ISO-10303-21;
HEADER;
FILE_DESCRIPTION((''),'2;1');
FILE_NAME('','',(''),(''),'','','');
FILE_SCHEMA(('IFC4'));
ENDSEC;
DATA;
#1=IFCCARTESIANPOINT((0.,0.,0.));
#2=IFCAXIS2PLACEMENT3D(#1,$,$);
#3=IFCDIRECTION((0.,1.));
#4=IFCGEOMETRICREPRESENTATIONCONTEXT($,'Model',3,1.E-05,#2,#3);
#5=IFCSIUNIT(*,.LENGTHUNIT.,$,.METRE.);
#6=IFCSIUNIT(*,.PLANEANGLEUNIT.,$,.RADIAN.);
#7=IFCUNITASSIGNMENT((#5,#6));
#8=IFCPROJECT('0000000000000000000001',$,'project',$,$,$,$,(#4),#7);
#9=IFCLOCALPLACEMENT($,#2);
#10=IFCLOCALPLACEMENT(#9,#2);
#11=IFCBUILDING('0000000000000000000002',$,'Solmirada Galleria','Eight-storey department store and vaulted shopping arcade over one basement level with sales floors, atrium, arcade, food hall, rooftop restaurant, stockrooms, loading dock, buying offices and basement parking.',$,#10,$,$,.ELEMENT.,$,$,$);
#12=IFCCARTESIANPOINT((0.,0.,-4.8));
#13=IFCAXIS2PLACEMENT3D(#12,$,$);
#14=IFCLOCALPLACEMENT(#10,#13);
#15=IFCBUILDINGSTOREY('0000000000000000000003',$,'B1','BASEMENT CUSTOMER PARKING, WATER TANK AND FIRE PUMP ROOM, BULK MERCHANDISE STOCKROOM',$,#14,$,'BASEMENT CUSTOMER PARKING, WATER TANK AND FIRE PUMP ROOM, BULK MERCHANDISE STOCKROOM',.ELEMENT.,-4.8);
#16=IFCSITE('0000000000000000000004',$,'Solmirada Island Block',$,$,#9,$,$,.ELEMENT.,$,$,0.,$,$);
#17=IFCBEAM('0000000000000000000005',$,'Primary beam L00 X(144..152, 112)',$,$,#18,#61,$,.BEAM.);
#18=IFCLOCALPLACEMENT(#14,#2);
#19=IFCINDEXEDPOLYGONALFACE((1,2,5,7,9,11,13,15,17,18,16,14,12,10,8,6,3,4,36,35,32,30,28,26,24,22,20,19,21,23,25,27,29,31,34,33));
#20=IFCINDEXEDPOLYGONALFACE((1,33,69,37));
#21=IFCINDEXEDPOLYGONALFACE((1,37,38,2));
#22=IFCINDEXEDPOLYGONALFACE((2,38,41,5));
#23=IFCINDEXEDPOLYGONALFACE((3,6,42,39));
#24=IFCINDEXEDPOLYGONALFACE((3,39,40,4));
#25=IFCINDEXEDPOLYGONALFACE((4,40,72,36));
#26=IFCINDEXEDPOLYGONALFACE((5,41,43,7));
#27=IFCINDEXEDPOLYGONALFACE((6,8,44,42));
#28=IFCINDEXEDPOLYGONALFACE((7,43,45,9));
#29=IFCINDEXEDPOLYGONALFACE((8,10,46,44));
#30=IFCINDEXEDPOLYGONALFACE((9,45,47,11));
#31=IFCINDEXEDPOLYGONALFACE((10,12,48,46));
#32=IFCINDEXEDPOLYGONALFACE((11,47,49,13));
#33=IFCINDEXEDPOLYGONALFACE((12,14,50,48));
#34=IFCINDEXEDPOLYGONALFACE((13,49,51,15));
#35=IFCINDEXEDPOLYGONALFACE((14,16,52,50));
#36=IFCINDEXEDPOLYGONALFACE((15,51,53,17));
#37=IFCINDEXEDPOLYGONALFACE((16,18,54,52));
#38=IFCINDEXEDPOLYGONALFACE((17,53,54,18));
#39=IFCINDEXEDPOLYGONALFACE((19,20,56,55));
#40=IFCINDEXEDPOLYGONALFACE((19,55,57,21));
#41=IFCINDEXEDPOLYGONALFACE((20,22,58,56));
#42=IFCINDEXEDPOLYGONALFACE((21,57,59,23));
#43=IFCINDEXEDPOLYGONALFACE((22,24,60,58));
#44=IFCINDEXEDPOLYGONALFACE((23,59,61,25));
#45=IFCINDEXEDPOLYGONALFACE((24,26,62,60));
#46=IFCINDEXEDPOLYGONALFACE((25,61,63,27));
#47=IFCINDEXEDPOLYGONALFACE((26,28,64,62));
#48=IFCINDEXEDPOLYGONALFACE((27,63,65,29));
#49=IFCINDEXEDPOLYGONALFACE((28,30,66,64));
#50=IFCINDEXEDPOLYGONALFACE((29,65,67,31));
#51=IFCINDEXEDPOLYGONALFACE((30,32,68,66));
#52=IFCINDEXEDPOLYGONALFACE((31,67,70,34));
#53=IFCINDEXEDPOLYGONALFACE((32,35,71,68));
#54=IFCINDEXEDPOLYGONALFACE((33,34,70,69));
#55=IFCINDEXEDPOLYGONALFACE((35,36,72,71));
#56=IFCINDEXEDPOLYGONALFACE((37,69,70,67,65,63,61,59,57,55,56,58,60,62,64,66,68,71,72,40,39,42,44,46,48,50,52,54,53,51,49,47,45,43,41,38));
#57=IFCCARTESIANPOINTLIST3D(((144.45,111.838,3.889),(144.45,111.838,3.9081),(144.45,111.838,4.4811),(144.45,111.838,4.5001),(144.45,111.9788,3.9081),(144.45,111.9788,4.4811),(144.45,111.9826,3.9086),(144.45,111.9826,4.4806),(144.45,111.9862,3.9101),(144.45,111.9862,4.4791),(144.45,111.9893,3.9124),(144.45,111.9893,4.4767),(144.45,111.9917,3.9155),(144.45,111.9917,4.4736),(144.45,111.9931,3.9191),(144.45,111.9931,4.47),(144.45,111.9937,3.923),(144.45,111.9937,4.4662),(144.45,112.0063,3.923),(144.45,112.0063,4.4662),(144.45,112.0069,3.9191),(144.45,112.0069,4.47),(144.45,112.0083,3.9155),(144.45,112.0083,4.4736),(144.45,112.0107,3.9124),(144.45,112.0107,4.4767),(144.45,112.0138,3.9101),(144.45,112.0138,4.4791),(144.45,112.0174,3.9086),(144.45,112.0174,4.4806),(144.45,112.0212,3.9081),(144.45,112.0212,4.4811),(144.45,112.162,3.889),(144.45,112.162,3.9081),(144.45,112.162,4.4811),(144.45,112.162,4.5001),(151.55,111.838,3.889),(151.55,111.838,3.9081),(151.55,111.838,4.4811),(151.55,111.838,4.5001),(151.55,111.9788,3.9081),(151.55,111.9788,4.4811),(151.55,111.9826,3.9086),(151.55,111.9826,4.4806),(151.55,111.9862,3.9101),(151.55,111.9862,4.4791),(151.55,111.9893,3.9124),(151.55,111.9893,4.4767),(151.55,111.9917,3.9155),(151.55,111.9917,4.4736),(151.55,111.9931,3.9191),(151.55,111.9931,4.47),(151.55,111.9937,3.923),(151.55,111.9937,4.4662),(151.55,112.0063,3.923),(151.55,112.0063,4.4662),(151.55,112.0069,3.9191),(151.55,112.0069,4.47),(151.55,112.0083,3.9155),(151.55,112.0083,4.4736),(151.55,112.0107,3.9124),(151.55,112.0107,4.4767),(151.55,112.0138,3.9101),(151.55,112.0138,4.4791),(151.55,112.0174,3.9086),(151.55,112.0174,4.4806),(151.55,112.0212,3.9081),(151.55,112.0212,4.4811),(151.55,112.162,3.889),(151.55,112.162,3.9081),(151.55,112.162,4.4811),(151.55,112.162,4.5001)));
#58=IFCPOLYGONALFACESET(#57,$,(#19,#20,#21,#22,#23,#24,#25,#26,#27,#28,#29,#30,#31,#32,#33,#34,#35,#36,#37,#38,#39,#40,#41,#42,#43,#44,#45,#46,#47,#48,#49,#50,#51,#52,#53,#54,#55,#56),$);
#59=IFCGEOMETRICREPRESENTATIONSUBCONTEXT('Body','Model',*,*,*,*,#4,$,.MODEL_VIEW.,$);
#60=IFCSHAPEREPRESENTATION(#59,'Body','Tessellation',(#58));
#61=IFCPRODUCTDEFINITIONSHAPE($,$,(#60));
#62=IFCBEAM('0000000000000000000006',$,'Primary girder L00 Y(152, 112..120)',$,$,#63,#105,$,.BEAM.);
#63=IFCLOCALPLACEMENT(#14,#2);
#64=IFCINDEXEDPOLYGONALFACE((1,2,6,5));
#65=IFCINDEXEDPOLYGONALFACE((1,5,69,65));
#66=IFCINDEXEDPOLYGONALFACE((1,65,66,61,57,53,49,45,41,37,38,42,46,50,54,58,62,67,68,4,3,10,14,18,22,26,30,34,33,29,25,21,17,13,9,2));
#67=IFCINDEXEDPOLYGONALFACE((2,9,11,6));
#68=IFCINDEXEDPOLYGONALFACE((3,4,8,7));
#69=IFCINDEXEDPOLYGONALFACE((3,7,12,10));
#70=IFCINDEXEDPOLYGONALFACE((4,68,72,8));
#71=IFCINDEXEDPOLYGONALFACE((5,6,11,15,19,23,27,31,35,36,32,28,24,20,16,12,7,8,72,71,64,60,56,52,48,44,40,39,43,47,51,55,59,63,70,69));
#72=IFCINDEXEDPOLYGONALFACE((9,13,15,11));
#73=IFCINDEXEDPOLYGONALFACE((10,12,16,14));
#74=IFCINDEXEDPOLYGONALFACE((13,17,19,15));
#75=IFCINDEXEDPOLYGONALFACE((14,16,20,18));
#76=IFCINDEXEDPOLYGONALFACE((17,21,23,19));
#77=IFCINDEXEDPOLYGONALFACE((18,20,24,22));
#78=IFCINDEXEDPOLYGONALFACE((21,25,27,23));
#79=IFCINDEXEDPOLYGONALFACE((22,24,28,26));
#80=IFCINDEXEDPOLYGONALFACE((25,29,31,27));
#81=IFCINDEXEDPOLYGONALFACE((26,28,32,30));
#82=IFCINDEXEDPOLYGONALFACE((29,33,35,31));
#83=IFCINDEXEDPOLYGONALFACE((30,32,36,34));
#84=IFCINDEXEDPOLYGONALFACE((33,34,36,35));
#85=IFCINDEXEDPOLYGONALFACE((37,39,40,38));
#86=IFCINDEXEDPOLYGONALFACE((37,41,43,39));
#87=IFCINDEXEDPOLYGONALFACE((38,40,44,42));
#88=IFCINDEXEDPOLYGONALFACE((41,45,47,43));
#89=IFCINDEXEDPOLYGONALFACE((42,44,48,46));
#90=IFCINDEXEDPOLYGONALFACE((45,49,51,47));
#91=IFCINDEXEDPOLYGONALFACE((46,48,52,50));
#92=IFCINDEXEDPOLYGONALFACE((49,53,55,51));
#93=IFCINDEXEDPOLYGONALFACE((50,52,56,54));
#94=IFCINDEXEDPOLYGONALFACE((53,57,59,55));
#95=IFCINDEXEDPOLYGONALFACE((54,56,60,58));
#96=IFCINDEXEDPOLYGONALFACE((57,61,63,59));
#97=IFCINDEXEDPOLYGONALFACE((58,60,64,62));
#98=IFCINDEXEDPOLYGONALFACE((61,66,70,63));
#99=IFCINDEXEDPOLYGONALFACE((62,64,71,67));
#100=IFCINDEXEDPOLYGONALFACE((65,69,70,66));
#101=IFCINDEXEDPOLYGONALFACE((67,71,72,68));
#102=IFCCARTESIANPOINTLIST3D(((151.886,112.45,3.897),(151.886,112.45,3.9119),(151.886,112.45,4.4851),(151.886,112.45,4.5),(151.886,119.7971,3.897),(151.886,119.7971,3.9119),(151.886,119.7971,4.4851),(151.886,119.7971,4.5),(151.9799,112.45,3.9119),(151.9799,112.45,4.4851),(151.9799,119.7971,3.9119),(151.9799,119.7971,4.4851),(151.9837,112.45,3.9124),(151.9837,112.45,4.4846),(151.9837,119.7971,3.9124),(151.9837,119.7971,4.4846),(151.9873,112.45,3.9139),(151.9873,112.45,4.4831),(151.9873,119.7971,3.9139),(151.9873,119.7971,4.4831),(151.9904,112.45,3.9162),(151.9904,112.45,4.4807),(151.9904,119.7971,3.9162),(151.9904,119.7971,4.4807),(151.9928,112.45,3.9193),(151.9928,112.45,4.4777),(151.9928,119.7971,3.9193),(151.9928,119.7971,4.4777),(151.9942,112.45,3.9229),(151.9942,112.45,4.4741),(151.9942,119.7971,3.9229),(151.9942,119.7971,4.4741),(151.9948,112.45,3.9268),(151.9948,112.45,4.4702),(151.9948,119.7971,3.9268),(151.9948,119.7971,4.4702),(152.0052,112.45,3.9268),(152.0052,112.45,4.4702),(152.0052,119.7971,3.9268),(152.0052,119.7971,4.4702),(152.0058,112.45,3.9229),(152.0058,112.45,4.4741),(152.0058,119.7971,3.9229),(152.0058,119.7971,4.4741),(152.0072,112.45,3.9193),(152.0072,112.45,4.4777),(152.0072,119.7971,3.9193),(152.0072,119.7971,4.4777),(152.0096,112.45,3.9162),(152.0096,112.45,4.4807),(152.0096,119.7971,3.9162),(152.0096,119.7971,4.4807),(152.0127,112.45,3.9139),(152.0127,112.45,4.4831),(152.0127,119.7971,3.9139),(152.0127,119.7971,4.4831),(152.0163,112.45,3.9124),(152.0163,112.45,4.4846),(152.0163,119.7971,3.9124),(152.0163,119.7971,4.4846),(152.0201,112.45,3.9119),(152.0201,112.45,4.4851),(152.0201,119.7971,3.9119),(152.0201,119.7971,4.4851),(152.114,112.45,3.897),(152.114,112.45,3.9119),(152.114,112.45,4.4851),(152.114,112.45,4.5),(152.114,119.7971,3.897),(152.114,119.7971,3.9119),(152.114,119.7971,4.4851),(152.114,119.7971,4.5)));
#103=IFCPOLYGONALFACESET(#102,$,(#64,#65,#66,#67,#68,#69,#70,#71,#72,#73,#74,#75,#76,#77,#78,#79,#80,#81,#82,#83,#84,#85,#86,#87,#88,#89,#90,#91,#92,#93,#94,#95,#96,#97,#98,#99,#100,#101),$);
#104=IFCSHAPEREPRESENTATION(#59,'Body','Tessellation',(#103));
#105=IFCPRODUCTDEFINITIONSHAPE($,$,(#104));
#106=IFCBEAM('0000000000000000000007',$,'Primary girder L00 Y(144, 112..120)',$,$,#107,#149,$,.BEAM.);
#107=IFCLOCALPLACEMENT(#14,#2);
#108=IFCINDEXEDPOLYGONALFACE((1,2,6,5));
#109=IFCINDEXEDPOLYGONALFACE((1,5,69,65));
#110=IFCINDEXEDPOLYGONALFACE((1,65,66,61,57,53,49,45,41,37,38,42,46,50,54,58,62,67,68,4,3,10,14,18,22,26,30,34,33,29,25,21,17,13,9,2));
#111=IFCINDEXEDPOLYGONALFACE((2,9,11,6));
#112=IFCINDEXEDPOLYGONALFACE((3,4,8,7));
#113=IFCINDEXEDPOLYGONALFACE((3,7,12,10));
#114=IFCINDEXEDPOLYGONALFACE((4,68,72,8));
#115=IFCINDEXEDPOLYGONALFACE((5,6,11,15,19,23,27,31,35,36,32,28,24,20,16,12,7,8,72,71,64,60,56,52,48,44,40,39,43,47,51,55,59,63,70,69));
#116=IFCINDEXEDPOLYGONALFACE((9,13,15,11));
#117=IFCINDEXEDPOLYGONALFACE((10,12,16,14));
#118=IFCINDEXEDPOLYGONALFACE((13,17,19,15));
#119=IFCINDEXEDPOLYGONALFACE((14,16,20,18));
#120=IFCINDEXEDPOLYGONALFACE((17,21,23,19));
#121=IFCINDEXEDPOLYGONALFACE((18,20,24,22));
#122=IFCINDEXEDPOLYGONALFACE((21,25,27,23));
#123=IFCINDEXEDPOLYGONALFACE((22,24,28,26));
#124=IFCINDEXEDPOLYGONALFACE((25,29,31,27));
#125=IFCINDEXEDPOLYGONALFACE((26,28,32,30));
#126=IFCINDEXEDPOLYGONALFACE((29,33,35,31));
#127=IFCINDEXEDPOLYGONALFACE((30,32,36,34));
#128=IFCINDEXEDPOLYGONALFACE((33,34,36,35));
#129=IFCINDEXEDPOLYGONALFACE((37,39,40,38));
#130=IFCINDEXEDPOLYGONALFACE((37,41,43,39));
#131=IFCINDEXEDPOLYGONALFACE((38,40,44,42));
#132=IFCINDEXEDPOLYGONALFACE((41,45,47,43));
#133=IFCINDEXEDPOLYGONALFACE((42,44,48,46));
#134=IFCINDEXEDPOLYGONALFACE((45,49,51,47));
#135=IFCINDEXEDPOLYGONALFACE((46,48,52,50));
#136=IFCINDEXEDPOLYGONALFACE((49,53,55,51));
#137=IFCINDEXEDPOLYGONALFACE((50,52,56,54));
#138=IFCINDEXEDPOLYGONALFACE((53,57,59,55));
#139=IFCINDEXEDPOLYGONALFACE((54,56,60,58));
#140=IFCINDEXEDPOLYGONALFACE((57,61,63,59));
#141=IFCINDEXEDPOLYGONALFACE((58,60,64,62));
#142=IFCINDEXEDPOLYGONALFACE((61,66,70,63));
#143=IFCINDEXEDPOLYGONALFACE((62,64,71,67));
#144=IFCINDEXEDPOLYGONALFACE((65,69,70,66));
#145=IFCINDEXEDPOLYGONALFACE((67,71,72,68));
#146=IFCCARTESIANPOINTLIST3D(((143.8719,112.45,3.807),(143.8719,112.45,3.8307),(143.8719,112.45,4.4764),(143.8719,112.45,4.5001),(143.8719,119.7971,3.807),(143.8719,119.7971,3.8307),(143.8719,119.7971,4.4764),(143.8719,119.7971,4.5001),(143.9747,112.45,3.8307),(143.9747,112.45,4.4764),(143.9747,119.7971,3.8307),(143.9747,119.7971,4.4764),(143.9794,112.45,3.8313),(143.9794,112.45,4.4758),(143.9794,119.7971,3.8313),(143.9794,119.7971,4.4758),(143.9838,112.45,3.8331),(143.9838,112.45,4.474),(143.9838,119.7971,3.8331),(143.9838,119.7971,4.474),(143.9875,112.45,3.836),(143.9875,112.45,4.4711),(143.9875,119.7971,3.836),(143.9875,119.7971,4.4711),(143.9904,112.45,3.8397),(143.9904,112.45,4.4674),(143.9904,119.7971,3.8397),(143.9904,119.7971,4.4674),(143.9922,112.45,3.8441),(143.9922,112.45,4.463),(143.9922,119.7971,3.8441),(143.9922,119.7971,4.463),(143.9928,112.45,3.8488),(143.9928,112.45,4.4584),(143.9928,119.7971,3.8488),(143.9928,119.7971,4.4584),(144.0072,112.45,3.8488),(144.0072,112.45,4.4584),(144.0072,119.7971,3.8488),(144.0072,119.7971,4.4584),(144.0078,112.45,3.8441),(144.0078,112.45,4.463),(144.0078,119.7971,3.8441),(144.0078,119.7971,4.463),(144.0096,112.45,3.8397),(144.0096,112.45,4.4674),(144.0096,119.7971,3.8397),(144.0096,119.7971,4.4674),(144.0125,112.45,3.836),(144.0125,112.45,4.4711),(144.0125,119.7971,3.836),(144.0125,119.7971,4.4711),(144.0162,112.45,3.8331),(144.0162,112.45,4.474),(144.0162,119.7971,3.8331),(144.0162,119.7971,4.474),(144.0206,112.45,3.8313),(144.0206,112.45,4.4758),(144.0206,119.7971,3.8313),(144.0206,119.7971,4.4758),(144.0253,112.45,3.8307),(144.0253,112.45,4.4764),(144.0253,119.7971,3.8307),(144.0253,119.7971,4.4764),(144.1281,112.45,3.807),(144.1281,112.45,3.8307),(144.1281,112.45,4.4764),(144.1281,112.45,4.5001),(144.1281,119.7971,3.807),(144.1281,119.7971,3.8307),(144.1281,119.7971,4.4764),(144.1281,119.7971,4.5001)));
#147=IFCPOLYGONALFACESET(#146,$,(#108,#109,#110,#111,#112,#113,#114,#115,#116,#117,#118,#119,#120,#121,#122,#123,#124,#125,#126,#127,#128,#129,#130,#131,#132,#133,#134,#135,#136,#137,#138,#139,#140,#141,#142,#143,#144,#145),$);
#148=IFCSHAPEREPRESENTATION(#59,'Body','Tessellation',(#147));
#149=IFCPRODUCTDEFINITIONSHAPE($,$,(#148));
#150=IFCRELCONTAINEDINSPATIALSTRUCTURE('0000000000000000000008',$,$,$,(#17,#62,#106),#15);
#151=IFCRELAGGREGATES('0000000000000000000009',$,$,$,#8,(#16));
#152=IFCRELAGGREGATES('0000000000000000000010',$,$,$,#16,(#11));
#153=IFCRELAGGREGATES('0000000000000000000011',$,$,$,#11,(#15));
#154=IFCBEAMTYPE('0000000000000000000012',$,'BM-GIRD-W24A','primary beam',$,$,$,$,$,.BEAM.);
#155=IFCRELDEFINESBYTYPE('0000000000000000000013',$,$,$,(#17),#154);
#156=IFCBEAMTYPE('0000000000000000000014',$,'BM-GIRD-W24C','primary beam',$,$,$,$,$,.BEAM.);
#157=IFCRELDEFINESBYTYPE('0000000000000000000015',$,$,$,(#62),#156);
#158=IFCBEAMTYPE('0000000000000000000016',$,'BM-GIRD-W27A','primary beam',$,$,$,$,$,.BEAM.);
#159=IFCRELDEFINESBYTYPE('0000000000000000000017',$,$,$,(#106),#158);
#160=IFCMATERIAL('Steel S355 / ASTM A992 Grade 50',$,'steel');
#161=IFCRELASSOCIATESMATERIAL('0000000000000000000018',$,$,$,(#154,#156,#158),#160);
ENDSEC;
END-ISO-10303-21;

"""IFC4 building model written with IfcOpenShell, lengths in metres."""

from ifc_helpers import new_model, si_unit, direction, frame, origin, origin_2d, place, context, subcontext, project, spatial, i_section, extrude, material, material_profile, profile_set, type_object, element, save


model = new_model("IFC4")

# Units and contexts
model_context = context("Model", 3, precision=1e-05, world=origin(), true_north=direction((0.0, 1.0)))
body_context = subcontext(model_context, "Body", "Model", "MODEL_VIEW")
ifc_project = project(units=[si_unit("LENGTHUNIT", "METRE"), si_unit("PLANEANGLEUNIT", "RADIAN")], contexts=[model_context])

# Site, building, storey
site_placement = place(None, origin())
site = spatial("IfcSite", under=ifc_project, at=site_placement, Name="Solmirada Island Block", CompositionType="ELEMENT", RefElevation=0.0)
building_placement = place(site_placement, origin())
building = spatial("IfcBuilding", under=site, at=building_placement, Name="Solmirada Galleria", Description="Eight-storey department store and vaulted shopping arcade over one basement level with sales floors, atrium, arcade, food hall, rooftop restaurant, stockrooms, loading dock, buying offices and basement parking.", CompositionType="ELEMENT")
storey_placement = place(building_placement, frame((0.0, 0.0, -4.8)))
storey = spatial("IfcBuildingStorey", under=building, at=storey_placement, Name="B1", Description="BASEMENT CUSTOMER PARKING, WATER TANK AND FIRE PUMP ROOM, BULK MERCHANDISE STOCKROOM", LongName="BASEMENT CUSTOMER PARKING, WATER TANK AND FIRE PUMP ROOM, BULK MERCHANDISE STOCKROOM", CompositionType="ELEMENT", Elevation=-4.8)

# Beams
ifc_material_1 = material(Name="Steel S355 / ASTM A992 Grade 50", Category="steel")
ifc_material_profile_1 = material_profile(ifc_material_1, i_section(OverallWidth=0.324, OverallDepth=0.6111, WebThickness=0.0127, FlangeThickness=0.019, FilletRadius=0.0149, at=origin_2d()), Name="W24X104")
ifc_profile_set_1 = profile_set([ifc_material_profile_1], Name="Steel S355 / ASTM A992 Grade 50")
beam_type_1 = type_object("IfcBeamType", Name="BM-GIRD-W24A", Description="primary beam", PredefinedType="BEAM", material=ifc_profile_set_1)
beam_1_placement = place(storey_placement, frame((144.45, 112.0, 4.1946), z_axis=(1.0, 0.0, 0.0), x_axis=(0.0, 1.0, 0.0)))
element("IfcBeam", 1, at=beam_1_placement, inside=storey, type_object=beam_type_1, Name="Primary beam L00 X(144..152, 112)", PredefinedType="BEAM", context=body_context, shape_type="SweptSolid", body=[
    extrude(i_section(OverallWidth=0.324, OverallDepth=0.6111, WebThickness=0.0127, FlangeThickness=0.019, FilletRadius=0.0149, at=origin_2d()), origin(), (0.0, 0.0, 1.0), 7.1001),
])
ifc_material_profile_2 = material_profile(ifc_material_1, i_section(OverallWidth=0.228, OverallDepth=0.603, WebThickness=0.0105, FlangeThickness=0.0149, FilletRadius=0.0149, at=origin_2d()), Name="W24X68")
ifc_profile_set_2 = profile_set([ifc_material_profile_2], Name="Steel S355 / ASTM A992 Grade 50")
beam_type_2 = type_object("IfcBeamType", Name="BM-GIRD-W24C", Description="primary beam", PredefinedType="BEAM", material=ifc_profile_set_2)
beam_2_placement = place(storey_placement, frame((152.0, 112.45, 4.1985), z_axis=(0.0, 1.0, 0.0), x_axis=(-1.0, 0.0, 0.0)))
element("IfcBeam", 2, at=beam_2_placement, inside=storey, type_object=beam_type_2, Name="Primary girder L00 Y(152, 112..120)", PredefinedType="BEAM", context=body_context, shape_type="SweptSolid", body=[
    extrude(i_section(OverallWidth=0.228, OverallDepth=0.603, WebThickness=0.0105, FlangeThickness=0.0149, FilletRadius=0.0149, at=origin_2d()), origin(), (0.0, 0.0, 1.0), 7.3472),
])
ifc_material_profile_3 = material_profile(ifc_material_1, i_section(OverallWidth=0.2561, OverallDepth=0.6931, WebThickness=0.0144, FlangeThickness=0.0237, FilletRadius=0.0181, at=origin_2d()), Name="W27X114")
ifc_profile_set_3 = profile_set([ifc_material_profile_3], Name="Steel S355 / ASTM A992 Grade 50")
beam_type_3 = type_object("IfcBeamType", Name="BM-GIRD-W27A", Description="primary beam", PredefinedType="BEAM", material=ifc_profile_set_3)
beam_3_placement = place(storey_placement, frame((144.0, 112.45, 4.1536), z_axis=(0.0, 1.0, 0.0), x_axis=(-1.0, 0.0, 0.0)))
element("IfcBeam", 3, at=beam_3_placement, inside=storey, type_object=beam_type_3, Name="Primary girder L00 Y(144, 112..120)", PredefinedType="BEAM", context=body_context, shape_type="SweptSolid", body=[
    extrude(i_section(OverallWidth=0.2561, OverallDepth=0.6931, WebThickness=0.0144, FlangeThickness=0.0237, FilletRadius=0.0181, at=origin_2d()), origin(), (0.0, 0.0, 1.0), 7.3472),
])

save(model, "model.ifc")
